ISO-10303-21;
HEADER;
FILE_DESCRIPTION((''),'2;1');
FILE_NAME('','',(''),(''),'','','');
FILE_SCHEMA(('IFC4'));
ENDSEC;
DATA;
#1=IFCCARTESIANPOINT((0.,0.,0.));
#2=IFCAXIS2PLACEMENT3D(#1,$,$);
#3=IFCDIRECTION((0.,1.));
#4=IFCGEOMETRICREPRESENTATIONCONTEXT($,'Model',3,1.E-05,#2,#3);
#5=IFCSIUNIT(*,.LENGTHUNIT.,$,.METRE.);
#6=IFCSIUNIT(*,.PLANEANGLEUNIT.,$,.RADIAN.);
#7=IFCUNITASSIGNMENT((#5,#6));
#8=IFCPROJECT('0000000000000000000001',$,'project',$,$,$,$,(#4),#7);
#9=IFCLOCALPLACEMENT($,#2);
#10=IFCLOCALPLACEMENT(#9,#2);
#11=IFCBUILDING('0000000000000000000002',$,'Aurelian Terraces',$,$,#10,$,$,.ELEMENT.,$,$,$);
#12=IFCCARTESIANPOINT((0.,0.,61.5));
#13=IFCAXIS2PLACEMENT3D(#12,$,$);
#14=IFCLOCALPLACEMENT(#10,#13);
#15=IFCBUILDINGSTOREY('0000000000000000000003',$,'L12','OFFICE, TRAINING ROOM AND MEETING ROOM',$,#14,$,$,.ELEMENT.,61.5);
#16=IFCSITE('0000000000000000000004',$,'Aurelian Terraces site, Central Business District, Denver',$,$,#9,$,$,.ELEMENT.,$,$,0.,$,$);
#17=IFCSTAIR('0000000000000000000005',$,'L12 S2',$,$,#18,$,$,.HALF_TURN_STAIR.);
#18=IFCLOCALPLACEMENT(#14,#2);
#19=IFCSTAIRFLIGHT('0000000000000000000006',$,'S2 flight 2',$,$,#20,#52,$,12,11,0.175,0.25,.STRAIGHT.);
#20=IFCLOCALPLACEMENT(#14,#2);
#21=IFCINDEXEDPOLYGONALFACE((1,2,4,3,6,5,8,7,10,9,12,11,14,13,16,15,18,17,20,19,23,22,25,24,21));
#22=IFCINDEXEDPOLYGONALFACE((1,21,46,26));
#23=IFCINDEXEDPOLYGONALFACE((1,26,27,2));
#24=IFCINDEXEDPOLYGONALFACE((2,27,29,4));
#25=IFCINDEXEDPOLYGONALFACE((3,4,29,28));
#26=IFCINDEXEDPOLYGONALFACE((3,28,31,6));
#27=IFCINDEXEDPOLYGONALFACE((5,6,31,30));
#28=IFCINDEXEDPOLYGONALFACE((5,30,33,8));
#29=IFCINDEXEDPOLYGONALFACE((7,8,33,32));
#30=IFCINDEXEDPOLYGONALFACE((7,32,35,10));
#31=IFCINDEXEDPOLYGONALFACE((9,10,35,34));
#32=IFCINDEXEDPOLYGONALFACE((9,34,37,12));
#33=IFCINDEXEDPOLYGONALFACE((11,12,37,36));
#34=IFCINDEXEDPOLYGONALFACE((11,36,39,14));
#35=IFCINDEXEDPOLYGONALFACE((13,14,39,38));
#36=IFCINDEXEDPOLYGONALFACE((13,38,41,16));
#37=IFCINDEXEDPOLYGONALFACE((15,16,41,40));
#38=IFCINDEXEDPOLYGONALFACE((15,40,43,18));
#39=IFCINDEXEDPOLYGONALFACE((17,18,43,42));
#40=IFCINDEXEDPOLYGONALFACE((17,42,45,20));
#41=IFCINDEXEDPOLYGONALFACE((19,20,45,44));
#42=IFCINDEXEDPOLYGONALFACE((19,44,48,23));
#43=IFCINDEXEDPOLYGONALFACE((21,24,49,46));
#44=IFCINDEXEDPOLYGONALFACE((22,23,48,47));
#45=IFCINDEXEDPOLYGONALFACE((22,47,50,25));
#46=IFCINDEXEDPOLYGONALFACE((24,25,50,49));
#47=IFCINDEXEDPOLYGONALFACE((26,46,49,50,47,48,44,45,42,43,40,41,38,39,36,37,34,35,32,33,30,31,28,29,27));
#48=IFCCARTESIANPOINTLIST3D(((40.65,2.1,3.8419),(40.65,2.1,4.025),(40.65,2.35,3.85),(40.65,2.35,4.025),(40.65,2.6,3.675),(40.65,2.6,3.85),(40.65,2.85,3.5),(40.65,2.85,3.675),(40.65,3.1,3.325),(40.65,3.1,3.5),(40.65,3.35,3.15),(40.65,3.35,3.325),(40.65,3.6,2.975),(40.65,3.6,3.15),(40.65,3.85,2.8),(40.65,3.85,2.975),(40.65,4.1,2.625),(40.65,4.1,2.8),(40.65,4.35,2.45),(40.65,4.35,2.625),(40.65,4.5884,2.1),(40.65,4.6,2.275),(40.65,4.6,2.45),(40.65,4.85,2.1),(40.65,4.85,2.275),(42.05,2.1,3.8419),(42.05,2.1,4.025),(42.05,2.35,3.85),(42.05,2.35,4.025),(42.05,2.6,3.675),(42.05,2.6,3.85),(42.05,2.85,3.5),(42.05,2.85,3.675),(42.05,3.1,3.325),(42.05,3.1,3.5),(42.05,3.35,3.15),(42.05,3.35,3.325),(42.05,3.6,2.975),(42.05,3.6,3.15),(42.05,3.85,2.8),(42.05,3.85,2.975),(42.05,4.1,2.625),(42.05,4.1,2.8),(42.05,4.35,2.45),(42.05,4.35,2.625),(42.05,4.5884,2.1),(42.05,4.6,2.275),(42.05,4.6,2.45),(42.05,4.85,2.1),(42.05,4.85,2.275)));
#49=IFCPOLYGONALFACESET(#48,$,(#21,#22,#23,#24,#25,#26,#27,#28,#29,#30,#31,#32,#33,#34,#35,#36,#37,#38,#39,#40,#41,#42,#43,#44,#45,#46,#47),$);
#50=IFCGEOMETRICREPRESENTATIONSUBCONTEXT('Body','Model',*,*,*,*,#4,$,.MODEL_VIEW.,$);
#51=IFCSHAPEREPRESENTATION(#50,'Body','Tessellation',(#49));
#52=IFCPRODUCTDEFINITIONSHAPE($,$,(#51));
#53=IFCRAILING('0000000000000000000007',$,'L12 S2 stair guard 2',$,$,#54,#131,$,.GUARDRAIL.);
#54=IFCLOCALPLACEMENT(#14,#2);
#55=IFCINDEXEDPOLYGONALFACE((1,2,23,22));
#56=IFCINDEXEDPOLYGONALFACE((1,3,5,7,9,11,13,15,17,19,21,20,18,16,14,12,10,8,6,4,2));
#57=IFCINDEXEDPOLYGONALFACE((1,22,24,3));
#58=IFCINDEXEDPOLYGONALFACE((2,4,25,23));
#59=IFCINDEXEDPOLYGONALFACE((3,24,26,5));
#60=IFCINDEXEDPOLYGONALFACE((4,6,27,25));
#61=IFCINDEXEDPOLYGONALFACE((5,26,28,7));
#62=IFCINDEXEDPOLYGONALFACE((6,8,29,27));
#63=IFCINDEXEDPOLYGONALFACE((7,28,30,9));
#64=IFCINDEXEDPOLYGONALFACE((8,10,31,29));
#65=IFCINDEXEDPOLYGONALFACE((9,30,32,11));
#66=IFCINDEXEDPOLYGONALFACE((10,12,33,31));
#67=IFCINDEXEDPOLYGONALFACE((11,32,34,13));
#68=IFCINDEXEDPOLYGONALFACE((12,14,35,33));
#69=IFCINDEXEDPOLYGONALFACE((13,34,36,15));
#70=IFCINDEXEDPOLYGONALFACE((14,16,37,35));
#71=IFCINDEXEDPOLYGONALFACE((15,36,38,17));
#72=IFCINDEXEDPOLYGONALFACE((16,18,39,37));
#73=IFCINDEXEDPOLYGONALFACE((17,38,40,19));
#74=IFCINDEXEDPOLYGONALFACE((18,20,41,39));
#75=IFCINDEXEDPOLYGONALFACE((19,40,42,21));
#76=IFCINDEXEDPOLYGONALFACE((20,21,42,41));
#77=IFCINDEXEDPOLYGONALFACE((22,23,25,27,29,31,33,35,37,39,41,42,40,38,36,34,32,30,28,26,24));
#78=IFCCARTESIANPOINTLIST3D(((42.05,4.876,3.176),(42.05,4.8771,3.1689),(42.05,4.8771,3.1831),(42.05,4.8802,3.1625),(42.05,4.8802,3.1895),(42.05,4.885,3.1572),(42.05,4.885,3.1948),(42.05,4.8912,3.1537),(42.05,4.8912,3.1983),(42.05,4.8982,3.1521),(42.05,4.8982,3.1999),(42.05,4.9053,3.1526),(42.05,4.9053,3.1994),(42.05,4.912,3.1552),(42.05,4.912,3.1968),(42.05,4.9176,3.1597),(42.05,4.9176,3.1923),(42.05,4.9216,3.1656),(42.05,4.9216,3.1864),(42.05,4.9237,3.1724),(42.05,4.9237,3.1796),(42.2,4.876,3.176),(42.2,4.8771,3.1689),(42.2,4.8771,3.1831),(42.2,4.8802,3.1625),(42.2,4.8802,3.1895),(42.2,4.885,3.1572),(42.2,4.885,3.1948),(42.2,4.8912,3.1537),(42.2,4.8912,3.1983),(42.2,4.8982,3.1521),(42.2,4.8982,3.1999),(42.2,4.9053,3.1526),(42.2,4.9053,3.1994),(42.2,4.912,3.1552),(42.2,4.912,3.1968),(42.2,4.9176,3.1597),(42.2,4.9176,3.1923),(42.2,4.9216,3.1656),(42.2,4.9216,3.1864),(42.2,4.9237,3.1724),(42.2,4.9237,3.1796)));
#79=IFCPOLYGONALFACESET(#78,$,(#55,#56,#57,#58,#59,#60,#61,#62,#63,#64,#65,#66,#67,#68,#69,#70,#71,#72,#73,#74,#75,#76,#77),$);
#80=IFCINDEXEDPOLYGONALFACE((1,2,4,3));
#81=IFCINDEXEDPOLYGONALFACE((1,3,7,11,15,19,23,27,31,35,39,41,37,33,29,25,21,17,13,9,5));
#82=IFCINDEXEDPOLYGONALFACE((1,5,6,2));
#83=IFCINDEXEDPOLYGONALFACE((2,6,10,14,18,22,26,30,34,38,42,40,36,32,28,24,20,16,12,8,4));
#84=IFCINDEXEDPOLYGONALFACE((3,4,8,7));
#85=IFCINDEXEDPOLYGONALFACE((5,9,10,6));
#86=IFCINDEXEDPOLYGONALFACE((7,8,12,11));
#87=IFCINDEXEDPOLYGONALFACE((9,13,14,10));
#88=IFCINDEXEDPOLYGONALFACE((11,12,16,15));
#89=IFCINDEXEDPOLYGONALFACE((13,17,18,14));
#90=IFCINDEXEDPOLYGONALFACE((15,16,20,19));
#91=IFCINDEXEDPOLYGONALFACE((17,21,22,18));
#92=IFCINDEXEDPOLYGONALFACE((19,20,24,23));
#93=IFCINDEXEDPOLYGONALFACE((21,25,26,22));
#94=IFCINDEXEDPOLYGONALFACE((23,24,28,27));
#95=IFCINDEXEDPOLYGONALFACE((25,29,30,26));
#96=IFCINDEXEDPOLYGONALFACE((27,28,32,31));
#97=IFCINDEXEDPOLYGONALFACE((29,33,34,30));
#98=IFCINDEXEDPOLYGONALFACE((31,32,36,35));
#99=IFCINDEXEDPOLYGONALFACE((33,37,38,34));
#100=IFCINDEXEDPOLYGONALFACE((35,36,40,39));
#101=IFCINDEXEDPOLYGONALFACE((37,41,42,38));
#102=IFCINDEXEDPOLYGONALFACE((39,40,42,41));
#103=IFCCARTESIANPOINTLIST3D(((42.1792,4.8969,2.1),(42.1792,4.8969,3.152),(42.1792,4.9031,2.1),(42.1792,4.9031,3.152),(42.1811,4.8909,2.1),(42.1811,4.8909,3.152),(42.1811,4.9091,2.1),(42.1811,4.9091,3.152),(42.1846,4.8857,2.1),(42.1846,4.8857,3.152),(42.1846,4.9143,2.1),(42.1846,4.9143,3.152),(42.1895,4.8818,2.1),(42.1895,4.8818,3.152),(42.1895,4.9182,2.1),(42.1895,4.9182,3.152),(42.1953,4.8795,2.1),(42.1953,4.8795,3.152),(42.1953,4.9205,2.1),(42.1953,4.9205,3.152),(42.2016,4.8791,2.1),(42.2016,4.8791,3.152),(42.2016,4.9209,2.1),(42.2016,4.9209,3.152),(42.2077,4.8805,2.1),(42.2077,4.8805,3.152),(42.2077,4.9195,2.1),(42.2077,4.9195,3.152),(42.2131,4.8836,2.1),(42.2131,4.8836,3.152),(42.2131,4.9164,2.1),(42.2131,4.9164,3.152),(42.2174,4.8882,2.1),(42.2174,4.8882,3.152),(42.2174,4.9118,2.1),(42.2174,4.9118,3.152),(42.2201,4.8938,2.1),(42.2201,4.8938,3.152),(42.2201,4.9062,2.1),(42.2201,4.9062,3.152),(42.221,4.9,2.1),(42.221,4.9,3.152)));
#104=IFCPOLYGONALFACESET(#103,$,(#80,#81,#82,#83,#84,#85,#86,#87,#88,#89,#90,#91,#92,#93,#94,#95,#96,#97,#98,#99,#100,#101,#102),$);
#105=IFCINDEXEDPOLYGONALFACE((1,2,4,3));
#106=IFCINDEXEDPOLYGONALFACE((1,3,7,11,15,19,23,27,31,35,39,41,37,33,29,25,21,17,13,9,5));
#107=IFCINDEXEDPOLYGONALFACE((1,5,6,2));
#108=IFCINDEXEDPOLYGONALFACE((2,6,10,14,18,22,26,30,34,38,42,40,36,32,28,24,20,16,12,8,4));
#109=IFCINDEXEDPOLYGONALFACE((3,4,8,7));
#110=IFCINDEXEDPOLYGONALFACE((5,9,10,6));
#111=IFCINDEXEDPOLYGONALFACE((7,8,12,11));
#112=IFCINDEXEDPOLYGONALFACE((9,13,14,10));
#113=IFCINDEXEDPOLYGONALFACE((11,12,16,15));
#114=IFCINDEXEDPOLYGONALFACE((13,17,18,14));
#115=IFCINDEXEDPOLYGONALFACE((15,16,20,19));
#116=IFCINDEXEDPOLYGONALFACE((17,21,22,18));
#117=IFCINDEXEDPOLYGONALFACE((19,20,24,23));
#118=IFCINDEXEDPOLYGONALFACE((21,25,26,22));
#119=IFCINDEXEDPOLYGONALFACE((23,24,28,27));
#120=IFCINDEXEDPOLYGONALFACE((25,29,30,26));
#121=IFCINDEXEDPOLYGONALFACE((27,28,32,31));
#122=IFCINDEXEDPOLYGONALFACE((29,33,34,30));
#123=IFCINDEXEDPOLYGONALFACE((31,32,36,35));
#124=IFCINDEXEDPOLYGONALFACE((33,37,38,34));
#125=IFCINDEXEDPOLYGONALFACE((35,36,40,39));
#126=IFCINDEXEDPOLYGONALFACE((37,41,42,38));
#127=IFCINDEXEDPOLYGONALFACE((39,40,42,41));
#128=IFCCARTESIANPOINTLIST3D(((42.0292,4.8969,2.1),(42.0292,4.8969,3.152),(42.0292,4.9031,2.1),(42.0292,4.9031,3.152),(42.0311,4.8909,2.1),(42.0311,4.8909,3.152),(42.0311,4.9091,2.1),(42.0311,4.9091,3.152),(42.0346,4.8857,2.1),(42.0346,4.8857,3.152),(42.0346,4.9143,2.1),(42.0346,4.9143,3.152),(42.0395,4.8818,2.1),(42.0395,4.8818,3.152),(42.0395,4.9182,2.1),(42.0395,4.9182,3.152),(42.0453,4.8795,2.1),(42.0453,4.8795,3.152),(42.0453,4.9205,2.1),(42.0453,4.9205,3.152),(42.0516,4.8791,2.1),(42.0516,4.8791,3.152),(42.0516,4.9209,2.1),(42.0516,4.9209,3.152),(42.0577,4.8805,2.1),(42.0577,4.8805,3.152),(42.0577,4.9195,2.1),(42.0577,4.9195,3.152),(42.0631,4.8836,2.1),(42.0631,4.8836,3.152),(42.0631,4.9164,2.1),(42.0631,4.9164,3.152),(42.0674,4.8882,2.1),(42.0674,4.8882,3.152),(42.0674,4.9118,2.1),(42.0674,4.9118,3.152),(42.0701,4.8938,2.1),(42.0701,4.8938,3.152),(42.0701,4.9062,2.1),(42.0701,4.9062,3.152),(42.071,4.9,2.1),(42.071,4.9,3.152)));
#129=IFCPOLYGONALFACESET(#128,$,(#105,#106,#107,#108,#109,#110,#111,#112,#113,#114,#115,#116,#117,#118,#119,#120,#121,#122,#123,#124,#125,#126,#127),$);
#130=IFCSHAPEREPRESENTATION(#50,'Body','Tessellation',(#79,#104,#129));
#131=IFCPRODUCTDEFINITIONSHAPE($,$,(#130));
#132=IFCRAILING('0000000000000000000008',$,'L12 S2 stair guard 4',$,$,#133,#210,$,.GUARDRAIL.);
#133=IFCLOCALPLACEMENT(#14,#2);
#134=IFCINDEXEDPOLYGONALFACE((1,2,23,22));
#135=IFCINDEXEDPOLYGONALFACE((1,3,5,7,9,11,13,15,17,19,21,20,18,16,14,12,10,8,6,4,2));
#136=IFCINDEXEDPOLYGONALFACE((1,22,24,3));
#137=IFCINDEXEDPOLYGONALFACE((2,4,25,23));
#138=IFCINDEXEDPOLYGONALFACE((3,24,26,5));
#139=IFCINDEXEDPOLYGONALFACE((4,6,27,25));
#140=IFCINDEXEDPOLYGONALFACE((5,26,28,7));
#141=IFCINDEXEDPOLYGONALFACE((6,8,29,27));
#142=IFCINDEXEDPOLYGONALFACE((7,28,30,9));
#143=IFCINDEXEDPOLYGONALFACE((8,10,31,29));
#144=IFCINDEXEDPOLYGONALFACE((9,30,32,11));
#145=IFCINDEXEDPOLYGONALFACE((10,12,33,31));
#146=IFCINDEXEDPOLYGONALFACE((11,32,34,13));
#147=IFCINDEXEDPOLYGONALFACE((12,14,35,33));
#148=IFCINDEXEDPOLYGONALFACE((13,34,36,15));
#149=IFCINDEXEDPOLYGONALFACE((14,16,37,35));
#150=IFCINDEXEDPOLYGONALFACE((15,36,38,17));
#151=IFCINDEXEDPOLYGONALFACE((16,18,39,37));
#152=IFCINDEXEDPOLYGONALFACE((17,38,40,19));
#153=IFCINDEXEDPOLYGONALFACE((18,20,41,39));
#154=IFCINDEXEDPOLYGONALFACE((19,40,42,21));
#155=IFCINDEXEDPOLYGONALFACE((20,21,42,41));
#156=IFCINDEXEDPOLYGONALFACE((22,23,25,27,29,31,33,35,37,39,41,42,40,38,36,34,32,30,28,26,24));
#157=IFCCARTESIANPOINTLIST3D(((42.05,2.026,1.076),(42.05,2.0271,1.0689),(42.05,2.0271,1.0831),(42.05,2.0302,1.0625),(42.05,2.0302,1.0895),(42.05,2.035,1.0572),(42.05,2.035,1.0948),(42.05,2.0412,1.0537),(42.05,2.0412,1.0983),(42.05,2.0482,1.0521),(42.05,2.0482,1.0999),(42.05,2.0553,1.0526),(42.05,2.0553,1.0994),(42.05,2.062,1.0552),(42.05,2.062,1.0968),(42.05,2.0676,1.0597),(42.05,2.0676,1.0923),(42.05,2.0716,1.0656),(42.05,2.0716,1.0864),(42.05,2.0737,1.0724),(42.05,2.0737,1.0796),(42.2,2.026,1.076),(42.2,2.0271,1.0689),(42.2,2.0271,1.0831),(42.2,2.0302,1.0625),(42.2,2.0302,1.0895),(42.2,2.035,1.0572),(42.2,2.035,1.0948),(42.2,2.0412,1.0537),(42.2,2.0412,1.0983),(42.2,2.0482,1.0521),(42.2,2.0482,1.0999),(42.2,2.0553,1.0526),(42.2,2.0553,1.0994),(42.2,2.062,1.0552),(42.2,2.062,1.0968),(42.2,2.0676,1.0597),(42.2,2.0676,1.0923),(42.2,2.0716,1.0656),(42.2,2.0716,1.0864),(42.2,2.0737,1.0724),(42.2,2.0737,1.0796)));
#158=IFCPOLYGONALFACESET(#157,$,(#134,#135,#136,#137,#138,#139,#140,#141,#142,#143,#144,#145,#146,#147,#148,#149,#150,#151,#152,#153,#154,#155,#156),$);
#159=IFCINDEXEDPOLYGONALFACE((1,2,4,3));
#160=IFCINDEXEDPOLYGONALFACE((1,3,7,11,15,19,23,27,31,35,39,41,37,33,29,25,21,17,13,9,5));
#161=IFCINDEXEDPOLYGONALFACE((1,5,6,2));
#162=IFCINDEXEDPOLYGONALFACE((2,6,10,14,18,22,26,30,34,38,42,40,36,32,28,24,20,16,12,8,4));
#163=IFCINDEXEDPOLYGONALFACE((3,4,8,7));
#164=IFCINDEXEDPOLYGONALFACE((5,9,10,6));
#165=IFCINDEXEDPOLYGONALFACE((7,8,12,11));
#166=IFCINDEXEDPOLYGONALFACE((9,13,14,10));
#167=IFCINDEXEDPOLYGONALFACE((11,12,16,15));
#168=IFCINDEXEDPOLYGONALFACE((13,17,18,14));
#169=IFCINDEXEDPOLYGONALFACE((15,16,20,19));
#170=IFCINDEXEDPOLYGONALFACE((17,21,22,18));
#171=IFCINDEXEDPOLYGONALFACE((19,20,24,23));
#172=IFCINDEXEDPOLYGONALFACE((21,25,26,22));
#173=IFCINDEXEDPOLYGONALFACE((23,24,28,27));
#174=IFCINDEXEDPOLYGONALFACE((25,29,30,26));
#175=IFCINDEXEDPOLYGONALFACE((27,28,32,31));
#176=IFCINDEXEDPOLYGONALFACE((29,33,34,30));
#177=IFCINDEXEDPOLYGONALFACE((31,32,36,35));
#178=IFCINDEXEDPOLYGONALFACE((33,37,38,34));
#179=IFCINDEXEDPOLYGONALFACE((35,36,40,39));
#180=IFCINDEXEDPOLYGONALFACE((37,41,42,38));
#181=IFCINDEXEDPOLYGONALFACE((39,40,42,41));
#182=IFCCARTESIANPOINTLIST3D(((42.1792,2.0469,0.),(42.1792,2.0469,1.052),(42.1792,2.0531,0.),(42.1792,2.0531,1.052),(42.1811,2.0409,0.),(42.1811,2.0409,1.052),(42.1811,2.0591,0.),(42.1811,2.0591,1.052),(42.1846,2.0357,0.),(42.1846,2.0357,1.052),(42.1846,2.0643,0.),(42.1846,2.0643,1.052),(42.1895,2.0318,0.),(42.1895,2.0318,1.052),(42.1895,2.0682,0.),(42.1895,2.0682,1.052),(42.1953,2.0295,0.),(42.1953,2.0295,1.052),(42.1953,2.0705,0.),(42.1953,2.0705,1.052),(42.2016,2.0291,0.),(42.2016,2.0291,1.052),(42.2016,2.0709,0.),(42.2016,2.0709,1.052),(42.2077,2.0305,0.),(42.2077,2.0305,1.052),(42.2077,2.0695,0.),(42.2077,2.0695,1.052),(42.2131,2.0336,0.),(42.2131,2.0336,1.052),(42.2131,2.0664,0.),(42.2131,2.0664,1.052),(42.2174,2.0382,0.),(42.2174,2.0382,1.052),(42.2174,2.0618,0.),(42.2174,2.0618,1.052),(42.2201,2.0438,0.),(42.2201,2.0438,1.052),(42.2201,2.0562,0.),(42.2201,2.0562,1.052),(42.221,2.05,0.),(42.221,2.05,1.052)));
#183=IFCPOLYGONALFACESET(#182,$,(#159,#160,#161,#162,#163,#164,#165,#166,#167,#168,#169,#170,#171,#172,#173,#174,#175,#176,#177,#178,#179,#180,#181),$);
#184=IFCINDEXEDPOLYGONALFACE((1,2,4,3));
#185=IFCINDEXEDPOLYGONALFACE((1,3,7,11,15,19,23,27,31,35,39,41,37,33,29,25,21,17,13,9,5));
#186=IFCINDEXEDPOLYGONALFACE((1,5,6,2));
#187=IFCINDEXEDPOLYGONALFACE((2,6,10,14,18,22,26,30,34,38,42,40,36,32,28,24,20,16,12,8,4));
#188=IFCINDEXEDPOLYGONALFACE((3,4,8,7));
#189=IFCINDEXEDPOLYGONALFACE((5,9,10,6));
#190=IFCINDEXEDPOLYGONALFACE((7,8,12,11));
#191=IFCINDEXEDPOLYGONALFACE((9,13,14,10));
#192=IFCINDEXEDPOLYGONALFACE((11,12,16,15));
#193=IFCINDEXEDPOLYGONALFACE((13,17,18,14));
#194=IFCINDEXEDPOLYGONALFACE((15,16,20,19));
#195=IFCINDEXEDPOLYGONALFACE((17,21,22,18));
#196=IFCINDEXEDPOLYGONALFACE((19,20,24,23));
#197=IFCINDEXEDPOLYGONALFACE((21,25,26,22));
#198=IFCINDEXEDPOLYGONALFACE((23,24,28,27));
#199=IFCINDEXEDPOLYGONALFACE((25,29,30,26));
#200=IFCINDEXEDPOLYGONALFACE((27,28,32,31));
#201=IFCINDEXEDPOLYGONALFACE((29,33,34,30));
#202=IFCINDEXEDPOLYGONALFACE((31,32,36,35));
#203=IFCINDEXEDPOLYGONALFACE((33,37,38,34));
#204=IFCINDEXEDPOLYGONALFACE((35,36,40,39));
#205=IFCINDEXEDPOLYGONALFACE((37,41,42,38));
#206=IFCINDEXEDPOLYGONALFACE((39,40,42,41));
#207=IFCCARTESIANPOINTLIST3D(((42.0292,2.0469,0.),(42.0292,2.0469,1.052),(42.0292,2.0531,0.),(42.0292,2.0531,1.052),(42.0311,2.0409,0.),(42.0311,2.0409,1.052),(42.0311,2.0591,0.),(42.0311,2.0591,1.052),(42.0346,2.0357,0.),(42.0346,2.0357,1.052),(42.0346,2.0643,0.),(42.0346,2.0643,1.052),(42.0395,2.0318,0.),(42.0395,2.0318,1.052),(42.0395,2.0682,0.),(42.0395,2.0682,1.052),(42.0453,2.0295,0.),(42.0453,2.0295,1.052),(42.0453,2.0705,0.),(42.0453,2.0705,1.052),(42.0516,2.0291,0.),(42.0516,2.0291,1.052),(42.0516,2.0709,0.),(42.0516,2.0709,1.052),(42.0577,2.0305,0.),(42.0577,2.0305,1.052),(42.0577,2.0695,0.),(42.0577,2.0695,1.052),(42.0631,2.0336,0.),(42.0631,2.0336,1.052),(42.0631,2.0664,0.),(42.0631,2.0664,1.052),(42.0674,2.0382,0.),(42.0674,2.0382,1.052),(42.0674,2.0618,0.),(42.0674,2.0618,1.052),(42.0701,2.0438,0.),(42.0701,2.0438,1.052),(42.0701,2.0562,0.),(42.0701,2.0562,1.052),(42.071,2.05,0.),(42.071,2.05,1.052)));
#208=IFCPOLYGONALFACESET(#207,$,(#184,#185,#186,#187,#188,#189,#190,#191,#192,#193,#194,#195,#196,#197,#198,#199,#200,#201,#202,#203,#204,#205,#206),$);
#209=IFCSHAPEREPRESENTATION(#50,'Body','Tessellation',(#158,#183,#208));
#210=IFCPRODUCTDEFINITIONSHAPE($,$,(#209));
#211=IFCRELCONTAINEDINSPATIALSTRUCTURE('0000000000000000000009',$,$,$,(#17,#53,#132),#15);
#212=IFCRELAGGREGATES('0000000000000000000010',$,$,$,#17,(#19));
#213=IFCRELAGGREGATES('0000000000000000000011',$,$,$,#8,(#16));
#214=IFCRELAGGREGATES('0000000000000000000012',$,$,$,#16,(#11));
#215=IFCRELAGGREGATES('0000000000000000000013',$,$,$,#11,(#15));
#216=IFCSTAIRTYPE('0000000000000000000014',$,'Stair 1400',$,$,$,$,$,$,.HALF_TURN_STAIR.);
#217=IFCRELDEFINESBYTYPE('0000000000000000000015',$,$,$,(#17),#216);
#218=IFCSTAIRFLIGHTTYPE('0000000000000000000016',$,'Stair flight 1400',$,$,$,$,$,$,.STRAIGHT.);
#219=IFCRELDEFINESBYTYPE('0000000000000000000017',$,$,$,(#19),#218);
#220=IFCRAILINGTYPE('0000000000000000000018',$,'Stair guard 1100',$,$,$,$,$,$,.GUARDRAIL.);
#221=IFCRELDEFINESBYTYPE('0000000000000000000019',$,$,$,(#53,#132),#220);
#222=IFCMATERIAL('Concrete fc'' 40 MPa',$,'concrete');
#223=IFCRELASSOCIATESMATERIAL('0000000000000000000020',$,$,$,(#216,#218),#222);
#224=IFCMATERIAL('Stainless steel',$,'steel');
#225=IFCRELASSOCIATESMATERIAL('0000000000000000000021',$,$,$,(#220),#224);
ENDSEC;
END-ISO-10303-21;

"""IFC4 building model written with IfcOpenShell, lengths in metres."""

from ifc_helpers import new_model, si_unit, direction, frame, origin, origin_2d, place, context, subcontext, project, spatial, polyline, circle, outline, extrude, source, transform, mapped, material, type_object, element, aggregate, save


model = new_model("IFC4")

# Units and contexts
model_context = context("Model", 3, precision=1e-05, world=origin(), true_north=direction((0.0, 1.0)))
body_context = subcontext(model_context, "Body", "Model", "MODEL_VIEW")
ifc_project = project(units=[si_unit("LENGTHUNIT", "METRE"), si_unit("PLANEANGLEUNIT", "RADIAN")], contexts=[model_context])

# Site, building, storey
site_placement = place(None, origin())
site = spatial("IfcSite", under=ifc_project, at=site_placement, Name="Aurelian Terraces site, Central Business District, Denver", CompositionType="ELEMENT", RefElevation=0.0)
building_placement = place(site_placement, origin())
building = spatial("IfcBuilding", under=site, at=building_placement, Name="Aurelian Terraces", CompositionType="ELEMENT")
storey_placement = place(building_placement, frame((0.0, 0.0, 61.5)))
storey = spatial("IfcBuildingStorey", under=building, at=storey_placement, Name="L12", Description="OFFICE, TRAINING ROOM AND MEETING ROOM", CompositionType="ELEMENT", Elevation=61.5)

# Shared definitions
ifc_material_1 = material(Name="Concrete fc' 40 MPa", Category="concrete")

# Stair, stair flight
stair_type = type_object("IfcStairType", Name="Stair 1400", PredefinedType="HALF_TURN_STAIR", material=ifc_material_1)
stair_placement = place(storey_placement, origin())
stair = element("IfcStair", 1, at=stair_placement, inside=storey, type_object=stair_type, Name="L12 S2", PredefinedType="HALF_TURN_STAIR")
stair_flight_type = type_object("IfcStairFlightType", Name="Stair flight 1400", PredefinedType="STRAIGHT", material=ifc_material_1)
shared_shape_1 = source(origin(), body_context, "Body", "SweptSolid", [
    extrude(outline(polyline([(0.0, 0.0), (0.0, 0.175), (0.25, 0.175), (0.25, 0.35), (0.5, 0.35), (0.5, 0.525), (0.75, 0.525), (0.75, 0.7), (1.0, 0.7), (1.0, 0.875), (1.25, 0.875), (1.25, 1.05), (1.5, 1.05), (1.5, 1.225), (1.75, 1.225), (1.75, 1.4), (2.0, 1.4), (2.0, 1.575), (2.25, 1.575), (2.25, 1.75), (2.5, 1.75), (2.5, 1.925), (2.75, 1.925), (2.75, 2.1), (2.75, 1.7419), (0.2616, 0.0), (0.0, 0.0)])), frame((0.0, 0.7, 0.0), z_axis=(0.0, -1.0, 0.0), x_axis=(1.0, 0.0, 0.0)), (0.0, 0.0, 1.0), 1.4),
])
stair_flight_1_placement = place(storey_placement, frame((41.35, 4.85, 2.1), z_axis=(0.0, 0.0, 1.0), x_axis=(0.0, -1.0, 0.0)))
stair_flight_1 = element("IfcStairFlight", 2, at=stair_flight_1_placement, type_object=stair_flight_type, Name="S2 flight 2", NumberOfRisers=12, NumberOfTreads=11, PredefinedType="STRAIGHT", RiserHeight=0.175, TreadLength=0.25, context=body_context, shape_type="MappedRepresentation", body=[
    mapped(shared_shape_1, transform((0.0, 0.0, 0.0), scale=1.0)),
])
aggregate(stair, [stair_flight_1])

# Railings
ifc_material_2 = material(Name="Stainless steel", Category="steel")
railing_type_1 = type_object("IfcRailingType", Name="Stair guard 1100", PredefinedType="GUARDRAIL", material=ifc_material_2)
shared_shape_2 = source(origin(), body_context, "Body", "SweptSolid", [
    extrude(circle(Radius=0.024, at=origin_2d()), frame((0.0, 0.0, 1.076), z_axis=(-1.0, 0.0, 0.0), x_axis=(0.0, -1.0, 0.0)), (0.0, 0.0, 1.0), 0.15),
    extrude(circle(Radius=0.021, at=origin_2d()), origin(), (0.0, 0.0, 1.0), 1.052),
    extrude(circle(Radius=0.021, at=origin_2d()), frame((-0.15, 0.0, 0.0)), (0.0, 0.0, 1.0), 1.052),
])
for number, where, name in (
    (3, (42.2, 4.9, 2.1), "L12 S2 stair guard 2"),
    (4, (42.2, 2.05, 0.0), "L12 S2 stair guard 4"),
):
    element("IfcRailing", number, at=place(storey_placement, frame(where)), inside=storey, type_object=railing_type_1, Name=name, PredefinedType="GUARDRAIL", context=body_context, shape_type="MappedRepresentation", body=[
        mapped(shared_shape_2, transform((0.0, 0.0, 0.0), scale=1.0)),
    ])

save(model, "model.ifc")
